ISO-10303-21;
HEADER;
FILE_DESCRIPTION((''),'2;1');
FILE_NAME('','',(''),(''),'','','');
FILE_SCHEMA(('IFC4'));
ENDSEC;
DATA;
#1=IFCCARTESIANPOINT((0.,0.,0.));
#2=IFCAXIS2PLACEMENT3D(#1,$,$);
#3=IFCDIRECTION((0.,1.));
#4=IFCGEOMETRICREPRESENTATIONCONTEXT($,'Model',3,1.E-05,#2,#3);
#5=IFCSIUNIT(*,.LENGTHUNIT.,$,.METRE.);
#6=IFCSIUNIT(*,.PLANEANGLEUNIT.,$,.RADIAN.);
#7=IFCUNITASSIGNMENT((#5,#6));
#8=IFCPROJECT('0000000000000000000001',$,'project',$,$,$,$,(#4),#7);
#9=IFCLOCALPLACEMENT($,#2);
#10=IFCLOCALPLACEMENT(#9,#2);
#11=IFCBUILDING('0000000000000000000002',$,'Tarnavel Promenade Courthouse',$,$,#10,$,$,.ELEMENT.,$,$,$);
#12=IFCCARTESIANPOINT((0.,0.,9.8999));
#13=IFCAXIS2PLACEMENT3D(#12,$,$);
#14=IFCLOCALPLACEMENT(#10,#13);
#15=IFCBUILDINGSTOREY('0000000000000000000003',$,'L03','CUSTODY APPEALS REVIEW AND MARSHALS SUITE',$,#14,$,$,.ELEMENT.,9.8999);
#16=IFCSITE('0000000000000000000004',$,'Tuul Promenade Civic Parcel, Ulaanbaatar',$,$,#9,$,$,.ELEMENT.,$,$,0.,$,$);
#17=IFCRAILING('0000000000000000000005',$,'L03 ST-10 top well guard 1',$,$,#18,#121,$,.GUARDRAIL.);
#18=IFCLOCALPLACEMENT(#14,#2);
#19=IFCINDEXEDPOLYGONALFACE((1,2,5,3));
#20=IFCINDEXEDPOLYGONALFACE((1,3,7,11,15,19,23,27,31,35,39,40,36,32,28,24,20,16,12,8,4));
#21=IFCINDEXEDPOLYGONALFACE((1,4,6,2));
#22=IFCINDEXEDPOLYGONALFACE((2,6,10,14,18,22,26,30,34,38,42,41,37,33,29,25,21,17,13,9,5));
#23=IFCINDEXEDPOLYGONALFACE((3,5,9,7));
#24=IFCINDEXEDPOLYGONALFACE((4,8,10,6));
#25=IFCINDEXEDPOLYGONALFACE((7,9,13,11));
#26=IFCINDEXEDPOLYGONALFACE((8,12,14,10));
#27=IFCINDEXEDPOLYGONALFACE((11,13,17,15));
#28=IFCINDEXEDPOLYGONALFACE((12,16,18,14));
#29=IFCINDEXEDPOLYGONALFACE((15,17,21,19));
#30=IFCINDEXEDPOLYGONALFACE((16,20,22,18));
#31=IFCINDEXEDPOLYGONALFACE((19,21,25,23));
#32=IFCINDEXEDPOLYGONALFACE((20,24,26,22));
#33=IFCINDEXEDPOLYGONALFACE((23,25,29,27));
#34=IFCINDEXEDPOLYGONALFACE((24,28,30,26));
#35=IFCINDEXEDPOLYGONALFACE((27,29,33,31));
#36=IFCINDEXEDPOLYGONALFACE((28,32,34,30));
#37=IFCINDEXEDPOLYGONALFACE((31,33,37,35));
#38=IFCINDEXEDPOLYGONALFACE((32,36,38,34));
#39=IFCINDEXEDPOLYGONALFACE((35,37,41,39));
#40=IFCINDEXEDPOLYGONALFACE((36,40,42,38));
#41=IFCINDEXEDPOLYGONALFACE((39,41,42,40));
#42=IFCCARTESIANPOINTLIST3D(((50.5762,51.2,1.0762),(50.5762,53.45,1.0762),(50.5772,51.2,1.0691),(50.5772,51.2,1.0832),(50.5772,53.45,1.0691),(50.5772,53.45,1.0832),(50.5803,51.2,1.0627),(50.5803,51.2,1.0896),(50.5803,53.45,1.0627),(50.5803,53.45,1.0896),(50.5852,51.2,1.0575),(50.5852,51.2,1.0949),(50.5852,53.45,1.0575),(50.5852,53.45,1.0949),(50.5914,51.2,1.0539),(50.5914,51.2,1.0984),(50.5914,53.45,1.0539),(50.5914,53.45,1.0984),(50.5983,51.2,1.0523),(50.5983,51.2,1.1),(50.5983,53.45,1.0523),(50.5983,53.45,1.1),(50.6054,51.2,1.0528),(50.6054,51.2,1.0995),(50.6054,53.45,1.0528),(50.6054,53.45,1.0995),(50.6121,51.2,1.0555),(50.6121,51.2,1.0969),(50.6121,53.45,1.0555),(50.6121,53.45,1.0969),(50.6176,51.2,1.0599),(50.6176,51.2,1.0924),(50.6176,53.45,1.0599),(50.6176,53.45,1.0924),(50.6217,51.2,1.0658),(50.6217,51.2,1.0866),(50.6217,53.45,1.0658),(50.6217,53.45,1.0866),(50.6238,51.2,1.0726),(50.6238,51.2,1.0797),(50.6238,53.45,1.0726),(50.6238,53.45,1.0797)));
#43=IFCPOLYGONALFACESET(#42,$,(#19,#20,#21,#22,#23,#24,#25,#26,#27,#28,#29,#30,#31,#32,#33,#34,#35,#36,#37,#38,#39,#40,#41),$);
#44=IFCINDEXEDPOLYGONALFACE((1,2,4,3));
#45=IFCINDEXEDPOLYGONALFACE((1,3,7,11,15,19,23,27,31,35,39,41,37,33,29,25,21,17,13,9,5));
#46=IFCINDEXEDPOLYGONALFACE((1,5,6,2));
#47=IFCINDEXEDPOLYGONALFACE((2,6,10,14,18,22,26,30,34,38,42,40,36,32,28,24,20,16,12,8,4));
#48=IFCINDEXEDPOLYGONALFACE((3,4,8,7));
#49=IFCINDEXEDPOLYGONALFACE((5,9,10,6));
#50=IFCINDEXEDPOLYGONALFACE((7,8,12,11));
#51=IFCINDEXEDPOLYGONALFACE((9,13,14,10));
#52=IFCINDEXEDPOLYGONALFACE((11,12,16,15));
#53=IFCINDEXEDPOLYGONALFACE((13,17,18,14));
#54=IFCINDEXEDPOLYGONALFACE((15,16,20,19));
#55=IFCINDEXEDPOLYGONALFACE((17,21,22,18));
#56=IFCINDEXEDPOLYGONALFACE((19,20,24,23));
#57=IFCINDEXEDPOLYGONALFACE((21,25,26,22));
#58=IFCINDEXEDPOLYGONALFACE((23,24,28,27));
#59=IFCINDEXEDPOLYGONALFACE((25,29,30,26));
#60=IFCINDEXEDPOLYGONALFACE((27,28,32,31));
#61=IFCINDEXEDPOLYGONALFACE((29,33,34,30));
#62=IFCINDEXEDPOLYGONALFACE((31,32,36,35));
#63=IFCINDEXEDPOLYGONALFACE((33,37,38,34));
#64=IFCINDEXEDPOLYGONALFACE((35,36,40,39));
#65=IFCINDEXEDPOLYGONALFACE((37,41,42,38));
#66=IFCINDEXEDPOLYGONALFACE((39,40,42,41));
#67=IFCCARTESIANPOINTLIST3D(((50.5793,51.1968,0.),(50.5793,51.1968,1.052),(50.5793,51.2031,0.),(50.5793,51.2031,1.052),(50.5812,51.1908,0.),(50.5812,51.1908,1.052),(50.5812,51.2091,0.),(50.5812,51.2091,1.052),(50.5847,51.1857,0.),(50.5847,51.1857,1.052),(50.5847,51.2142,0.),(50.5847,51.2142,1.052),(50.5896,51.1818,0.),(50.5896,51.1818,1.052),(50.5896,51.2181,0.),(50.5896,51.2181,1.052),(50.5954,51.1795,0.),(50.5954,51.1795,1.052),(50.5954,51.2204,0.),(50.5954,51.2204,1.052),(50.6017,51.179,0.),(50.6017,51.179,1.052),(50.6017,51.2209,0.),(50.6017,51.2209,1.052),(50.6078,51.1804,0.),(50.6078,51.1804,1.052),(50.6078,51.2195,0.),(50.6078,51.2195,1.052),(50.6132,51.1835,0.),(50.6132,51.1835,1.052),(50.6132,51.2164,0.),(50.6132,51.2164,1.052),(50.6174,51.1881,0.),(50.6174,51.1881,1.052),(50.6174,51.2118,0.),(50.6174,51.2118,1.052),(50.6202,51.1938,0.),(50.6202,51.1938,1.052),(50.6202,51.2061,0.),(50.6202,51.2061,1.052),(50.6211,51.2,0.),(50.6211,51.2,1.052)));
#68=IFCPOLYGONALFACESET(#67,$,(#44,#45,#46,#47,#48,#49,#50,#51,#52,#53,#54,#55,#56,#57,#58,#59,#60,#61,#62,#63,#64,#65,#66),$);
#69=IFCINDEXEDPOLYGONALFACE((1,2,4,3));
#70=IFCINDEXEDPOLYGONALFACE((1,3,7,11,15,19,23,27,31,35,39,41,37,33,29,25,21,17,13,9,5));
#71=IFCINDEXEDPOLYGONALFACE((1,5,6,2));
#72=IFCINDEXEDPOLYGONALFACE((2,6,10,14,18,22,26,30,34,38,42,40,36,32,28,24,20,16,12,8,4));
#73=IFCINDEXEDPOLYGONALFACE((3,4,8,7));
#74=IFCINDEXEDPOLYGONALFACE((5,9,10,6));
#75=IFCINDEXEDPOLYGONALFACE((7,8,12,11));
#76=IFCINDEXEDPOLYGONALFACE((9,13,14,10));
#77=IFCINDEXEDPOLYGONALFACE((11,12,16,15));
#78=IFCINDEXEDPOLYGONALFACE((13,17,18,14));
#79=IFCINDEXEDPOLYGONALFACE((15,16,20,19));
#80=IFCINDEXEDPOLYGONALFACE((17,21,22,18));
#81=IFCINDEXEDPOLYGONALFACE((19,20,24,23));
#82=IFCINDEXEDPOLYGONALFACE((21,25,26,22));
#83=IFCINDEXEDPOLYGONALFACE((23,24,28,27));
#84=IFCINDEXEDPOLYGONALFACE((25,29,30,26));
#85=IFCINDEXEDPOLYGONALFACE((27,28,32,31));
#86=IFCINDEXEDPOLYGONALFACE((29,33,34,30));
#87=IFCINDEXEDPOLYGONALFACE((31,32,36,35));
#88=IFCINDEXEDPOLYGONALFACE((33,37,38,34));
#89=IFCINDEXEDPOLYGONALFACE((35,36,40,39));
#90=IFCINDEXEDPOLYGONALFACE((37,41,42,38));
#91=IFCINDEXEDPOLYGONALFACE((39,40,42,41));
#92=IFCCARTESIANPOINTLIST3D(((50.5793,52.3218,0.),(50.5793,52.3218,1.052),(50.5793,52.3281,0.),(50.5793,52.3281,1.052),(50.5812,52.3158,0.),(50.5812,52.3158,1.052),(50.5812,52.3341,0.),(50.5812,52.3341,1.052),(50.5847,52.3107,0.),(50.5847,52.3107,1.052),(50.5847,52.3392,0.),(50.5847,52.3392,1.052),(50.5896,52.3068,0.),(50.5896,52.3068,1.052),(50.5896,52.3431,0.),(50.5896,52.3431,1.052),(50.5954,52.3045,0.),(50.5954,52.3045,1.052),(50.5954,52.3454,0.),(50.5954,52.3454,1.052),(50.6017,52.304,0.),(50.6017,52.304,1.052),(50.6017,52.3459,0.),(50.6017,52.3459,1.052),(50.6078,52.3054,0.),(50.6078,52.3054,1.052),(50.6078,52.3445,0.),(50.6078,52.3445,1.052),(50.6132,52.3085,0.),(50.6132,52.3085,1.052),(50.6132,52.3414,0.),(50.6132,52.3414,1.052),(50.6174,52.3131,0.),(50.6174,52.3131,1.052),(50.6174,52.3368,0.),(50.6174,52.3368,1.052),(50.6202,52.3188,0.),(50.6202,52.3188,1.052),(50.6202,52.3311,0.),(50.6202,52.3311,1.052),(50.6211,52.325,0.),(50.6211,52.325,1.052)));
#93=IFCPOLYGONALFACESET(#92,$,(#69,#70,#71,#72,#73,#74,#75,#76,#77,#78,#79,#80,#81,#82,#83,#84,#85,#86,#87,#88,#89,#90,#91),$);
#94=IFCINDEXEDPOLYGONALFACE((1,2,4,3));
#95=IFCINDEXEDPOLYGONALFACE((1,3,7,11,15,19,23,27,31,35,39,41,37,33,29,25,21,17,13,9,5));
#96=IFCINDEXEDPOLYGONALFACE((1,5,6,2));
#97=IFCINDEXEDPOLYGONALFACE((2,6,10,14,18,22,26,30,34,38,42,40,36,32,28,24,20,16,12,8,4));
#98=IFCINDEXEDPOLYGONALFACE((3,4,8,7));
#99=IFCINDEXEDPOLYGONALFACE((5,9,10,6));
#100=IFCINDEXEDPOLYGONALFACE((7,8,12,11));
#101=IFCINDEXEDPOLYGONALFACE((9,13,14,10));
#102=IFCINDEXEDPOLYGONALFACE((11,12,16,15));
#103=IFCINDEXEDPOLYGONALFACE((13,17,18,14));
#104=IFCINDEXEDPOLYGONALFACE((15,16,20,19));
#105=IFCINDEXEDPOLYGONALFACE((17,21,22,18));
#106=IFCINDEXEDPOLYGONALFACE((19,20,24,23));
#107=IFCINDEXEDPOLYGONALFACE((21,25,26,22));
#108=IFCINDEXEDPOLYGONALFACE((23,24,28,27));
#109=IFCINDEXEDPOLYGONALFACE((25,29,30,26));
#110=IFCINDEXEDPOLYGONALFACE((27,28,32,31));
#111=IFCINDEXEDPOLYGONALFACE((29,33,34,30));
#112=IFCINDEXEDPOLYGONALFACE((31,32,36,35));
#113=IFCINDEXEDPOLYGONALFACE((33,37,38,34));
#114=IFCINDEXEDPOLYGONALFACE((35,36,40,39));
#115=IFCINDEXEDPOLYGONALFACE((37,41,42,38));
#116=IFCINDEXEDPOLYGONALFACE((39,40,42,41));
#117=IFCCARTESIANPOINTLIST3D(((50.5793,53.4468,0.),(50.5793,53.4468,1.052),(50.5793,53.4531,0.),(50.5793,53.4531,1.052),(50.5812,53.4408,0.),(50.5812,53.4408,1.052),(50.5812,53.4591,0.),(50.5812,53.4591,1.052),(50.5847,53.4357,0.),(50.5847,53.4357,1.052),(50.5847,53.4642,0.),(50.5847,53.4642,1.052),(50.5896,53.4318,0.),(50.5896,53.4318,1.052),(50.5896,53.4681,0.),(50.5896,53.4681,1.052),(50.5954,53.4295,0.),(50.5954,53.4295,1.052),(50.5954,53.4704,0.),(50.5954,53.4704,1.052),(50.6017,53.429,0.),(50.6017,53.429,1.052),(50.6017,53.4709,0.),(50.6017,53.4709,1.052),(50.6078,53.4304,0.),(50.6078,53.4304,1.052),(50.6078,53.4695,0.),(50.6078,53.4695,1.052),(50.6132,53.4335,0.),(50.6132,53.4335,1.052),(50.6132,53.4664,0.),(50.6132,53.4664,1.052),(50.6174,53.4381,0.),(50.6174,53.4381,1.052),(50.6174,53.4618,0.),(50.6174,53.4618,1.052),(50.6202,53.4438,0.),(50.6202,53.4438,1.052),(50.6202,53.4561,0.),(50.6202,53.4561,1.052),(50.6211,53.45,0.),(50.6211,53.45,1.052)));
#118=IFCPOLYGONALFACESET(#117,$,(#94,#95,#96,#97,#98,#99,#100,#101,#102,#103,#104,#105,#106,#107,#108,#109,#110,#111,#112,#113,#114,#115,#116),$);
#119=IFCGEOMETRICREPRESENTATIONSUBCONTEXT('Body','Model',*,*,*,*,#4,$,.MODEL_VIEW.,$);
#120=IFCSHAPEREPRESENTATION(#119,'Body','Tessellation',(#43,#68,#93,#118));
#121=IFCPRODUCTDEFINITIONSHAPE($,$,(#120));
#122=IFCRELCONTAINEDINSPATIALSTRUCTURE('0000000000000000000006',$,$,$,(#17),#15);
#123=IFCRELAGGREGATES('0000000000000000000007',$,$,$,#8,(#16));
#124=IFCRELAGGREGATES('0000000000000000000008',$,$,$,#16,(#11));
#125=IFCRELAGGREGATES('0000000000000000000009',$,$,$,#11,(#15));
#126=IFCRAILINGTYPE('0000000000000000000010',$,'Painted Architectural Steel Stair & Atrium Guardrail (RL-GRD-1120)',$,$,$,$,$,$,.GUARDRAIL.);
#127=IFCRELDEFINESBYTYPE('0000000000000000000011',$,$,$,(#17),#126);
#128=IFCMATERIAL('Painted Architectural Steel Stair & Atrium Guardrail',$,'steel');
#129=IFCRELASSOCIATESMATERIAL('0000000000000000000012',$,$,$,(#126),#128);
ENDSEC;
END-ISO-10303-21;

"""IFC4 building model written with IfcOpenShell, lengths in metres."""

from ifc_helpers import new_model, si_unit, direction, frame, origin, origin_2d, place, context, subcontext, project, spatial, circle, extrude, material, type_object, element, save


model = new_model("IFC4")

# Units and contexts
model_context = context("Model", 3, precision=1e-05, world=origin(), true_north=direction((0.0, 1.0)))
body_context = subcontext(model_context, "Body", "Model", "MODEL_VIEW")
ifc_project = project(units=[si_unit("LENGTHUNIT", "METRE"), si_unit("PLANEANGLEUNIT", "RADIAN")], contexts=[model_context])

# Site, building, storey
site_placement = place(None, origin())
site = spatial("IfcSite", under=ifc_project, at=site_placement, Name="Tuul Promenade Civic Parcel, Ulaanbaatar", CompositionType="ELEMENT", RefElevation=0.0)
building_placement = place(site_placement, origin())
building = spatial("IfcBuilding", under=site, at=building_placement, Name="Tarnavel Promenade Courthouse", CompositionType="ELEMENT")
storey_placement = place(building_placement, frame((0.0, 0.0, 9.8999)))
storey = spatial("IfcBuildingStorey", under=building, at=storey_placement, Name="L03", Description="CUSTODY APPEALS REVIEW AND MARSHALS SUITE", CompositionType="ELEMENT", Elevation=9.8999)

# Railing
ifc_material_1 = material(Name="Painted Architectural Steel Stair & Atrium Guardrail", Category="steel")
railing_type = type_object("IfcRailingType", Name="Painted Architectural Steel Stair & Atrium Guardrail (RL-GRD-1120)", PredefinedType="GUARDRAIL", material=ifc_material_1)
railing_1_placement = place(storey_placement, frame((50.6001, 51.2, 0.0)))
element("IfcRailing", 1, at=railing_1_placement, inside=storey, type_object=railing_type, Name="L03 ST-10 top well guard 1", PredefinedType="GUARDRAIL", context=body_context, shape_type="SweptSolid", body=[
    extrude(circle(Radius=0.0239, at=origin_2d()), frame((0.0, 0.0, 1.0762), z_axis=(0.0, 1.0, 0.0), x_axis=(-1.0, 0.0, 0.0)), (0.0, 0.0, 1.0), 2.25),
    extrude(circle(Radius=0.021, at=origin_2d()), origin(), (0.0, 0.0, 1.0), 1.052),
    extrude(circle(Radius=0.021, at=origin_2d()), frame((0.0, 1.125, 0.0)), (0.0, 0.0, 1.0), 1.052),
    extrude(circle(Radius=0.021, at=origin_2d()), frame((0.0, 2.25, 0.0)), (0.0, 0.0, 1.0), 1.052),
])

save(model, "model.ifc")
